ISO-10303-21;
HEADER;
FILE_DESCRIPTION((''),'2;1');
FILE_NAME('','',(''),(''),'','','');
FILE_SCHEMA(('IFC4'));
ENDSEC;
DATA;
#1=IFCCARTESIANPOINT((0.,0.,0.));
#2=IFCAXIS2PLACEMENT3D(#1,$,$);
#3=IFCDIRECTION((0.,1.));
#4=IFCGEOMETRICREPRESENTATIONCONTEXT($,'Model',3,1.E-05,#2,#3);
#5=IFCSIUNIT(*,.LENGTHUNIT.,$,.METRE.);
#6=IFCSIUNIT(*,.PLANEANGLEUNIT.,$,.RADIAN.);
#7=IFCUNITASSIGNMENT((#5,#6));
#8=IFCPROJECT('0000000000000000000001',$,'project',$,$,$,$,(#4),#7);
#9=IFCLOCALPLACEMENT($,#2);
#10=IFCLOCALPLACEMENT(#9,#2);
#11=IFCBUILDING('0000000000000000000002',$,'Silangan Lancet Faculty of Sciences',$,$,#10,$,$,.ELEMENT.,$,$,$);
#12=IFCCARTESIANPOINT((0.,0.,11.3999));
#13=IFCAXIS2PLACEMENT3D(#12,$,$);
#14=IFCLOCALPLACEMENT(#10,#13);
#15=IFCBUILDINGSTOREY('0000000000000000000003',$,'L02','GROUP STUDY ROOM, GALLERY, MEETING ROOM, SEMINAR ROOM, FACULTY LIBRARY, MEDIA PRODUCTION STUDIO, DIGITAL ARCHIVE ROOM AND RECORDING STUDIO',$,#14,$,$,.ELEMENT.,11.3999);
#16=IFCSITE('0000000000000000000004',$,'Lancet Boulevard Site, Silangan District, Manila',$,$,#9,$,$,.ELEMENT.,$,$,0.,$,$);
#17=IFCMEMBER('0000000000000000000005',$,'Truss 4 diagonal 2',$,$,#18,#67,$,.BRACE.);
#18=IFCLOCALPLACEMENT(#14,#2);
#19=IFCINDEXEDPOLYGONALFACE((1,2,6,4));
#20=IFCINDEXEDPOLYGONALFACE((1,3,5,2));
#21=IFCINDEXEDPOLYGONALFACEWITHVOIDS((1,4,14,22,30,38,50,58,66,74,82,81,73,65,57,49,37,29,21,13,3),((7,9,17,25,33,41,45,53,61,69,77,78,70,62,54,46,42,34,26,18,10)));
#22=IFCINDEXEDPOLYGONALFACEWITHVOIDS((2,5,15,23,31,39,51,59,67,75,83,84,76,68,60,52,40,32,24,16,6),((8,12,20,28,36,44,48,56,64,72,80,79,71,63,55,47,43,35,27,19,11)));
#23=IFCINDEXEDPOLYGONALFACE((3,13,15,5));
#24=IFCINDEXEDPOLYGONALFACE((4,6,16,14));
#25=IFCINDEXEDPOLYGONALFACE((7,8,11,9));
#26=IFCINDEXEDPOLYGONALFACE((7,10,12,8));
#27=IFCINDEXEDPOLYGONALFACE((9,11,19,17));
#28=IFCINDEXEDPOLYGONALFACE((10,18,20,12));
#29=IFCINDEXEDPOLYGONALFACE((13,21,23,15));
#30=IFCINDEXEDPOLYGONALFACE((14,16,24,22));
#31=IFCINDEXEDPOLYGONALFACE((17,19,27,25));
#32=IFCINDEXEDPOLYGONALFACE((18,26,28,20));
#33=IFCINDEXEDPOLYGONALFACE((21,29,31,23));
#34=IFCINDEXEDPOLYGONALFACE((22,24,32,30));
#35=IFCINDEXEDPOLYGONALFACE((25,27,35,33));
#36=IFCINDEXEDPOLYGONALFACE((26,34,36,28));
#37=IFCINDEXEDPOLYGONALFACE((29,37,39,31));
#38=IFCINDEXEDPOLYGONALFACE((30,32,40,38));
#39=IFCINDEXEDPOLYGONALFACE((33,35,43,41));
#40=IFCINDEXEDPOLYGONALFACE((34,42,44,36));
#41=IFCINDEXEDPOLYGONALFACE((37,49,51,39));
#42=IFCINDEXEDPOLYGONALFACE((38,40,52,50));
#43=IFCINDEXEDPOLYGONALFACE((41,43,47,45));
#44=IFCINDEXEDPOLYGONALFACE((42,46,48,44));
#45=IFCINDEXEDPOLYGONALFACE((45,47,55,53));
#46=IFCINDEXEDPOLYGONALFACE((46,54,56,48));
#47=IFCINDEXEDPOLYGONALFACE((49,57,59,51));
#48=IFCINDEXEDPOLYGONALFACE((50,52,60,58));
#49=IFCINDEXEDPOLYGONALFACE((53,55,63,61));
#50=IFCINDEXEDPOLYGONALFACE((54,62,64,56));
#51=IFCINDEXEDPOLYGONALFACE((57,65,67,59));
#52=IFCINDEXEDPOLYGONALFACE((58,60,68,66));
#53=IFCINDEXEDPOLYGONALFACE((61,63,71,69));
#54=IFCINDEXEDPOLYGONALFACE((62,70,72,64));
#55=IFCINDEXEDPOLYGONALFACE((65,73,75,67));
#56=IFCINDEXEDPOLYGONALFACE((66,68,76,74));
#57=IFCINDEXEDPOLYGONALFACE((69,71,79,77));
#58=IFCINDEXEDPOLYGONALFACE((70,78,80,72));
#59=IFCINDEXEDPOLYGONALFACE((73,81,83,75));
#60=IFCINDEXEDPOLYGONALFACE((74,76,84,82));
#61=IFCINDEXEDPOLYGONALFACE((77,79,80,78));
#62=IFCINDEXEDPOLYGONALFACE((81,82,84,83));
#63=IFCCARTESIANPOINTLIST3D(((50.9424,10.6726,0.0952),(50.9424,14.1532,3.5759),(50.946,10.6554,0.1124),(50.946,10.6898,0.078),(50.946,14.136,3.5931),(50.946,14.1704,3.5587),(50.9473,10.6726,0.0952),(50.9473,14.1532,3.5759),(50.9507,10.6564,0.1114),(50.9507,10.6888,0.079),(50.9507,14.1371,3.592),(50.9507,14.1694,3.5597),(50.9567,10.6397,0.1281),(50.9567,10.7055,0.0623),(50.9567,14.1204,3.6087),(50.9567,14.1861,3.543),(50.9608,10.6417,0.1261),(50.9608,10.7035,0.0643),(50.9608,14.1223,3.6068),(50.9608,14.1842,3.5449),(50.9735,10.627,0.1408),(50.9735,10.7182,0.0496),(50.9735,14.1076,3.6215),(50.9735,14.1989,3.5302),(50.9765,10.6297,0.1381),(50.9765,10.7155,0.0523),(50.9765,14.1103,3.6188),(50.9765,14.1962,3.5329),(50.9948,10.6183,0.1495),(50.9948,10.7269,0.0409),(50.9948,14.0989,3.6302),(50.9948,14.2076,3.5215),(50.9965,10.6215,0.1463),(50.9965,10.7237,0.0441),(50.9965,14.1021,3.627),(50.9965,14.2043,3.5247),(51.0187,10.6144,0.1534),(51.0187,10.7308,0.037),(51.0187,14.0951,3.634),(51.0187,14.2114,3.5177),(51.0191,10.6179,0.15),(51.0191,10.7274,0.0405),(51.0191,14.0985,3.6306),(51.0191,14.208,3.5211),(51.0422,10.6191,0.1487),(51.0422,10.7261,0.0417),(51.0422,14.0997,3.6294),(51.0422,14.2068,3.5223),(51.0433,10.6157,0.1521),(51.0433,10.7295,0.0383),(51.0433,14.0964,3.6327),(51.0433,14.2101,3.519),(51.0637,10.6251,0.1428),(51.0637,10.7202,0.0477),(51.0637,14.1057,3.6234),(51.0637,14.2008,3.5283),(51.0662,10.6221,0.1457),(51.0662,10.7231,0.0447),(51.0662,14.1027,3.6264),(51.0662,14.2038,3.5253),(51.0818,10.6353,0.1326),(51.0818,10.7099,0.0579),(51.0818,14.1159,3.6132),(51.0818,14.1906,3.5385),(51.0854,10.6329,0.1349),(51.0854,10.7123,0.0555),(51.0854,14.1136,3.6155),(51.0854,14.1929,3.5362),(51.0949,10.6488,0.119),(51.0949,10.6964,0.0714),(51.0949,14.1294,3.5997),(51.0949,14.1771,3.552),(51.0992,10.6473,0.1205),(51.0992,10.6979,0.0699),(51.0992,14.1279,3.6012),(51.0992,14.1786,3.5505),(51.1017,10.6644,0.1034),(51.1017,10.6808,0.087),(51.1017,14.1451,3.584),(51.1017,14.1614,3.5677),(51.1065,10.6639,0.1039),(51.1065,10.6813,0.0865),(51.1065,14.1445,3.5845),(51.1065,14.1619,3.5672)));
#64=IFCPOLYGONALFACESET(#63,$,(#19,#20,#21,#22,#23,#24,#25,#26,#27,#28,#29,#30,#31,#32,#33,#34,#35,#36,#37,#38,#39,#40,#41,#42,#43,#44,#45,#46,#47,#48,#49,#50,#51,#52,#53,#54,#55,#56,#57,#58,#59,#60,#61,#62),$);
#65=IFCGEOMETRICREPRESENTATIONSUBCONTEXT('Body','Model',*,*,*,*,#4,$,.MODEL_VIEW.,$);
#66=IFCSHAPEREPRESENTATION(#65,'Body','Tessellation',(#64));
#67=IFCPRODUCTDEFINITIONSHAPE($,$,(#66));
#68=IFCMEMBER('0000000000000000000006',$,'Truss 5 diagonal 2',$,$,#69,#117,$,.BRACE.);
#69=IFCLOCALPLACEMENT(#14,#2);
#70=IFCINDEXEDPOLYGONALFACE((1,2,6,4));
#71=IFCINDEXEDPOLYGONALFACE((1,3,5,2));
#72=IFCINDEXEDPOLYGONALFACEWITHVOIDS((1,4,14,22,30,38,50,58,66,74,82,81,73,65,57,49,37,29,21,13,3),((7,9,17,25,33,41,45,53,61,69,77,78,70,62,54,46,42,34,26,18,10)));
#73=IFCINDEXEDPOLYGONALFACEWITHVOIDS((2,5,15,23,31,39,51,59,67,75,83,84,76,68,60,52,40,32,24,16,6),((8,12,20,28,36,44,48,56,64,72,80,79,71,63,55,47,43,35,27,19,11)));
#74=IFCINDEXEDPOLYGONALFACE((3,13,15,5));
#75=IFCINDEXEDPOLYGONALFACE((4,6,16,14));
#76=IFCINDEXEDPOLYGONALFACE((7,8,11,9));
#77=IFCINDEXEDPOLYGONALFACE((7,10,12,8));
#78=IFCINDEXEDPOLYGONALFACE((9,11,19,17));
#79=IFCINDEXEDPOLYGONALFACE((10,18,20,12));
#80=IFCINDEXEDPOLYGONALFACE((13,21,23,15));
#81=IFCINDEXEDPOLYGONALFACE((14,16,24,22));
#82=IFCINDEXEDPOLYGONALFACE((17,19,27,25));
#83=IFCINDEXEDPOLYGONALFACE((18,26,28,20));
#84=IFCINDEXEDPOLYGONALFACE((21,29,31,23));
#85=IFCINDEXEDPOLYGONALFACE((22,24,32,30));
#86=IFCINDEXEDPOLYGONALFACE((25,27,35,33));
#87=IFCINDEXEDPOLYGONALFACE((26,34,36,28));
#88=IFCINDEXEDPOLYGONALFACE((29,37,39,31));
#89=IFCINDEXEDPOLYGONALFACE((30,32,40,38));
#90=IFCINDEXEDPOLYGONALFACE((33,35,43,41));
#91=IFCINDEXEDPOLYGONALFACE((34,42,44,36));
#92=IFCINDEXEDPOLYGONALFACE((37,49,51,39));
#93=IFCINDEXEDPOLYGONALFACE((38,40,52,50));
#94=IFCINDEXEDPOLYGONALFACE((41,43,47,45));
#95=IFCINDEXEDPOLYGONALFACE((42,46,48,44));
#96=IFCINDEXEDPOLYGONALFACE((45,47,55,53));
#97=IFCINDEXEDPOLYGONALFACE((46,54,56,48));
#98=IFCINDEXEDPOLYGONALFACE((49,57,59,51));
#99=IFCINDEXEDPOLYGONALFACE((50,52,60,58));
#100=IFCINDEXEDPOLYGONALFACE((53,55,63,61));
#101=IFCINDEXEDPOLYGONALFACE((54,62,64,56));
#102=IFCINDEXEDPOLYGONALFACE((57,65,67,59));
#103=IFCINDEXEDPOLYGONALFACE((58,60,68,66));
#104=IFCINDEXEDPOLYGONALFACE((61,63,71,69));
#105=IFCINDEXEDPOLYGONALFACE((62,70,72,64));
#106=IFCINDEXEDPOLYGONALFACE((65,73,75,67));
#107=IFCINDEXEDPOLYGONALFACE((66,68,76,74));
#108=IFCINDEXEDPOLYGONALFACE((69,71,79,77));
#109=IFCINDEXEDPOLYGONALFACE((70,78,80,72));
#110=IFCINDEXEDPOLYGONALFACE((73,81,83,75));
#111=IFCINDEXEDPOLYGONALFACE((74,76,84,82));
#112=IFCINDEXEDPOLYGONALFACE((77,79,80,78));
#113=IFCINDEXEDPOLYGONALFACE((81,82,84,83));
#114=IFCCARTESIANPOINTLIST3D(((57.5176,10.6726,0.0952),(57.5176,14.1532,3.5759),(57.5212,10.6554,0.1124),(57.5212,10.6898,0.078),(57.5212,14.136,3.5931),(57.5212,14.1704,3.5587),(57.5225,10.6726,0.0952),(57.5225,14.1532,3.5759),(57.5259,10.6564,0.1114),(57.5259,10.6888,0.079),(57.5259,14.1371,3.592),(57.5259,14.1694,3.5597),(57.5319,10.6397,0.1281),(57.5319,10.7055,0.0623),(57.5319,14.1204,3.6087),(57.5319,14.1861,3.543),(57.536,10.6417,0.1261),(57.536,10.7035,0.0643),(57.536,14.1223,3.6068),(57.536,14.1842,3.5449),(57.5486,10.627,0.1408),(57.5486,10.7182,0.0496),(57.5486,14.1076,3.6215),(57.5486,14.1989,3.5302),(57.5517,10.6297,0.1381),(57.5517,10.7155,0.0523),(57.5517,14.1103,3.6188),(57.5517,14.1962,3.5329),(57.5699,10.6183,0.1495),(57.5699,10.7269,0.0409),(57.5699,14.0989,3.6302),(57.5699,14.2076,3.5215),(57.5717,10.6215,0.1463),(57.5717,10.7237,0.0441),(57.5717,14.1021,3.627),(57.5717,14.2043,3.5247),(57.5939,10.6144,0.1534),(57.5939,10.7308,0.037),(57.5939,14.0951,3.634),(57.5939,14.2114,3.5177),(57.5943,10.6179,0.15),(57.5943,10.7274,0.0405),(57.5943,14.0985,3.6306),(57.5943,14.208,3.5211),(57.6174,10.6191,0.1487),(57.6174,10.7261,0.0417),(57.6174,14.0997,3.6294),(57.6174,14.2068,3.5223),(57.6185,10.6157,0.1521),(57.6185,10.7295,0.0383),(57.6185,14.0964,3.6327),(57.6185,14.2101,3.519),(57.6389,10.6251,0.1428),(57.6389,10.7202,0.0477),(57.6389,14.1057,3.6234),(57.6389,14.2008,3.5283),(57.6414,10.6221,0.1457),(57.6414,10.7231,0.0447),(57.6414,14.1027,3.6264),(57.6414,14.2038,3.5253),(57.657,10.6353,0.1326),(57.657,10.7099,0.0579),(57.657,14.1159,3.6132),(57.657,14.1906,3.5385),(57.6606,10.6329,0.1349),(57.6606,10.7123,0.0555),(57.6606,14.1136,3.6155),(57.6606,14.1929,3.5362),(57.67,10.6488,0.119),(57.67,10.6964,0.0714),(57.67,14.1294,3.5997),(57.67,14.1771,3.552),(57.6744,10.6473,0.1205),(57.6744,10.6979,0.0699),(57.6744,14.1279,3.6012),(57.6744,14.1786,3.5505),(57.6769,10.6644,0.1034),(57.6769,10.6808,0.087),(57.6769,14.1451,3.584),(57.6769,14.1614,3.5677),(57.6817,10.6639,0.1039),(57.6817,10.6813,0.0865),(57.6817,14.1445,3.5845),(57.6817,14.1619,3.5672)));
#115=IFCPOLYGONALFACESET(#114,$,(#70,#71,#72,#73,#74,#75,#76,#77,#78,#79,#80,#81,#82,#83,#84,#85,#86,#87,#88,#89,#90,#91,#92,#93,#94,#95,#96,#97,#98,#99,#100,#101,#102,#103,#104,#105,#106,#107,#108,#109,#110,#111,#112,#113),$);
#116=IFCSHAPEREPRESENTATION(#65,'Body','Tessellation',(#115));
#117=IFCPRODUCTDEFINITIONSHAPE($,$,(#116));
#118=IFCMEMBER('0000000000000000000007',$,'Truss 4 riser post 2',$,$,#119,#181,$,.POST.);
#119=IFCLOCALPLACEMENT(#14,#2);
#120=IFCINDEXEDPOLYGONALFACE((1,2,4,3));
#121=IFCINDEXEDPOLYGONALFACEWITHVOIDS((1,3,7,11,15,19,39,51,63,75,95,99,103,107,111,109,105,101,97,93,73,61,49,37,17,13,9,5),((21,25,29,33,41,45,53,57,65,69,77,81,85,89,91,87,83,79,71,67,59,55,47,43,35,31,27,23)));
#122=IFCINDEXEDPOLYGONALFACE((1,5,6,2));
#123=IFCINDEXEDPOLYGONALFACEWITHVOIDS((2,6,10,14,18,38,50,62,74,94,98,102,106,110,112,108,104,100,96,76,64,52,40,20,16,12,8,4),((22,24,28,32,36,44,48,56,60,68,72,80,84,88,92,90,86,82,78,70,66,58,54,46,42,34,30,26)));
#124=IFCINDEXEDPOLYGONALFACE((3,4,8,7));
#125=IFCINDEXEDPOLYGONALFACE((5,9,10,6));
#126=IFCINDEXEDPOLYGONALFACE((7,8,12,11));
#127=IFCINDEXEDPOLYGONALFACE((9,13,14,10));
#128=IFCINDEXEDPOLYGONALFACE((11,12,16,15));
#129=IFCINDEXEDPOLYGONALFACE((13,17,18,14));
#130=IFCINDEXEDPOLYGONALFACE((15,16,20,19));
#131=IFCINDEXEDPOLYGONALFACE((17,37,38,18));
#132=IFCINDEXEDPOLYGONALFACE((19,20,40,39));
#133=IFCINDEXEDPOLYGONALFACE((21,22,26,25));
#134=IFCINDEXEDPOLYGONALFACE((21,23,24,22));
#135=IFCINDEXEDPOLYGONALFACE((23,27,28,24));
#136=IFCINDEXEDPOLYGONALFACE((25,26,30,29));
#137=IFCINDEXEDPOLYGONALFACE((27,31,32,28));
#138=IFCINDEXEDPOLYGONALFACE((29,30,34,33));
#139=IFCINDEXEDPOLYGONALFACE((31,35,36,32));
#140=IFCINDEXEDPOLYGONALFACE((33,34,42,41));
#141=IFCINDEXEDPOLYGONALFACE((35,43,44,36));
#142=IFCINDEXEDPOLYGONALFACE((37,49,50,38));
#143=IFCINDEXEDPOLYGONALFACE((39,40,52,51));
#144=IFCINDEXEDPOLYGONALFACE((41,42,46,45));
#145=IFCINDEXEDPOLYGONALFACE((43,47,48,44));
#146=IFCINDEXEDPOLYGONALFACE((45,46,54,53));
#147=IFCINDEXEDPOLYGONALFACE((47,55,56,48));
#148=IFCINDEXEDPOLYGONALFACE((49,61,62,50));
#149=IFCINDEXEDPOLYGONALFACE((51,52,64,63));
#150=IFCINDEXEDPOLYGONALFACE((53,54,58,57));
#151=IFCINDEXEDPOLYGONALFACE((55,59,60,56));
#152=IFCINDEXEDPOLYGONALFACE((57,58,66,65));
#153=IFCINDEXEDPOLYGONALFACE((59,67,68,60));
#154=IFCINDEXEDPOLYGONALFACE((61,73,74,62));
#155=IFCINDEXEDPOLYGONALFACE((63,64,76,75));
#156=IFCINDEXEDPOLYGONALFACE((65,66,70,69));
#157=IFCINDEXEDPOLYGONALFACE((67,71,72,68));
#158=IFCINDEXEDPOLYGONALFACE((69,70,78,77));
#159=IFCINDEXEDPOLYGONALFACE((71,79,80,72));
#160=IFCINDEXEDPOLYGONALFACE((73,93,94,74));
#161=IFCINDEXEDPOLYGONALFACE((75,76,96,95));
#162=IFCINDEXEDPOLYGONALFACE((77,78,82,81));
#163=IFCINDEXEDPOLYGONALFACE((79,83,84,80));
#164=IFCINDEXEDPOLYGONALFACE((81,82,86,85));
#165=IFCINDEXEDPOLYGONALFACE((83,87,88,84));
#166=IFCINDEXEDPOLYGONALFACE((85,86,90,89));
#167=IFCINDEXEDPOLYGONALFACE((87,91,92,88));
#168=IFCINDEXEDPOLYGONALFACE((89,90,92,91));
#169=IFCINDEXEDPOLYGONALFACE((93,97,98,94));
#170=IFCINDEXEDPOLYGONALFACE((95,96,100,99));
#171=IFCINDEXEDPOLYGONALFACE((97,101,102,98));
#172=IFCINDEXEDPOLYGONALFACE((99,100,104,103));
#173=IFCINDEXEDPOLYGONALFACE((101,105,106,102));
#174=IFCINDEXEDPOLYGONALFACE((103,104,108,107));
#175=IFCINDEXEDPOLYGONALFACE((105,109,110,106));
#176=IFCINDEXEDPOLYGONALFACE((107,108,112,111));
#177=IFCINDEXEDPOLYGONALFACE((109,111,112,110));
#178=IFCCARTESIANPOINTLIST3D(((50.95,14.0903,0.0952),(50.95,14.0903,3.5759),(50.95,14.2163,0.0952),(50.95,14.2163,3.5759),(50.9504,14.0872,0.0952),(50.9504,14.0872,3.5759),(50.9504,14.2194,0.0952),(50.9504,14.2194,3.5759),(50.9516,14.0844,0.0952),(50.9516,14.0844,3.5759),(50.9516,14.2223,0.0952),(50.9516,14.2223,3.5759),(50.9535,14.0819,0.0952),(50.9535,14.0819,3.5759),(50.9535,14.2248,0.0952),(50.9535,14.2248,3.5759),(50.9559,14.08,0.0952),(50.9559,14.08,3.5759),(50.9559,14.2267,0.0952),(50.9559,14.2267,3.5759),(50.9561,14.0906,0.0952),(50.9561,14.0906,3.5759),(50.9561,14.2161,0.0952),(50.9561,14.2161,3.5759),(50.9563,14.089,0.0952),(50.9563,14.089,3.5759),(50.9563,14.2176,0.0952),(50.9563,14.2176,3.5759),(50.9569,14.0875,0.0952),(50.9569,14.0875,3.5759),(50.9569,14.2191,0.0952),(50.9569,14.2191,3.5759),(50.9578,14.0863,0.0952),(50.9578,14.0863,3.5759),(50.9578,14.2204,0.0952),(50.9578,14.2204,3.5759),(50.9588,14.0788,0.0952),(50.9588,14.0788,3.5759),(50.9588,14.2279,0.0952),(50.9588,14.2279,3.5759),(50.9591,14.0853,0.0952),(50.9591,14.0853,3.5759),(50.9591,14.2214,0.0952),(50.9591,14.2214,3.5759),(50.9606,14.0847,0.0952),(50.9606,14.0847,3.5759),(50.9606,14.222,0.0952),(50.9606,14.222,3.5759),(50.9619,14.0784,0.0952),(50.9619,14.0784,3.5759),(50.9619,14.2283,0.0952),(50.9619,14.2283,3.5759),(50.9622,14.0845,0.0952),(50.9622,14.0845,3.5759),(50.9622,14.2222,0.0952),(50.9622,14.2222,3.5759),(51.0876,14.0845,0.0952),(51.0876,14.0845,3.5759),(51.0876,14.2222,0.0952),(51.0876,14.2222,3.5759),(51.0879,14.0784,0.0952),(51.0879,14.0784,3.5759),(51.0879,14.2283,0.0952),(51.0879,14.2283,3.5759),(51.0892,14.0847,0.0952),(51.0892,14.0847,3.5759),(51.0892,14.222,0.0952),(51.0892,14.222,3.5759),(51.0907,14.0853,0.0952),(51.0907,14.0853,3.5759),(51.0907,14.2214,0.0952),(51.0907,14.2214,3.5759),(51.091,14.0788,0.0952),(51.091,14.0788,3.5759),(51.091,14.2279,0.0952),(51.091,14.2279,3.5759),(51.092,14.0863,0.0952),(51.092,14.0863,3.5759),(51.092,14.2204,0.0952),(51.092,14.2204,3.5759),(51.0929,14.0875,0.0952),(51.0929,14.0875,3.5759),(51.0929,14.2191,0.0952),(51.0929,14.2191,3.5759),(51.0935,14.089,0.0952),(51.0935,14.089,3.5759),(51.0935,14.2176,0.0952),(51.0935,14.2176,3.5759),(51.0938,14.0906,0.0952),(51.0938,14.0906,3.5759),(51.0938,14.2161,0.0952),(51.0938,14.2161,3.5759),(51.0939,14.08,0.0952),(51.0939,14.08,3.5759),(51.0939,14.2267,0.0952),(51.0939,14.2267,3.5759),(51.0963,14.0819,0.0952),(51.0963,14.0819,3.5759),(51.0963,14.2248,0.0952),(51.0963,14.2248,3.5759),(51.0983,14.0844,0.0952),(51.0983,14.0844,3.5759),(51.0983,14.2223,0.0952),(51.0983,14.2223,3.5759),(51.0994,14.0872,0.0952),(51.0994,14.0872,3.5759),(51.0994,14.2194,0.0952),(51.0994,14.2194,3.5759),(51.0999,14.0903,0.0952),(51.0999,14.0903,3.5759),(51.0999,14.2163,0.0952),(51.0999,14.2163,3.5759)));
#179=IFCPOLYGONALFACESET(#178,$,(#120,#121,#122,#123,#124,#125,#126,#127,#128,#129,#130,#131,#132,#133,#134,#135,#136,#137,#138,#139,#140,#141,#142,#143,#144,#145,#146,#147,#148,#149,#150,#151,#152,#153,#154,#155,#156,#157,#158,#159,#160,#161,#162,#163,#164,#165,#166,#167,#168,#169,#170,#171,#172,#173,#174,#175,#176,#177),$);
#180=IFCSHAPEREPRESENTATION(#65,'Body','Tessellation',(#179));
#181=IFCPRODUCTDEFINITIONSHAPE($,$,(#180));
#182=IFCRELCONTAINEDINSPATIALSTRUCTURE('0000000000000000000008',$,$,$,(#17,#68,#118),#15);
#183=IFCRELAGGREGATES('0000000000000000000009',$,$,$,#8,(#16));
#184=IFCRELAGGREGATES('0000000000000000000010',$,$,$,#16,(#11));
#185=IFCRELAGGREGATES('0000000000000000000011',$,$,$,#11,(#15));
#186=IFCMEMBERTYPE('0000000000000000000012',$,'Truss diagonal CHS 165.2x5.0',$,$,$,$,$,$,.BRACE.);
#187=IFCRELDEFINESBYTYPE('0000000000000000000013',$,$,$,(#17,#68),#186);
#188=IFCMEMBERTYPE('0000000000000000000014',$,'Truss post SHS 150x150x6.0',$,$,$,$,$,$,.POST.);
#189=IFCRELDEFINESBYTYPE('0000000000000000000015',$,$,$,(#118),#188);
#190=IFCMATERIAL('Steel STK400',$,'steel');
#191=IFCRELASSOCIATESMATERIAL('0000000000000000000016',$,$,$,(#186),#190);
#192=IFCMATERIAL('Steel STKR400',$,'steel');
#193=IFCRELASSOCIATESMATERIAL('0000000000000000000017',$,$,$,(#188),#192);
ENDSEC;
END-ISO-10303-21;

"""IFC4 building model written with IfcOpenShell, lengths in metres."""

from ifc_helpers import new_model, si_unit, direction, frame, origin, origin_2d, place, context, subcontext, project, spatial, hollow_rectangle, hollow_circle, extrude, material, material_profile, profile_set, type_object, element, save


model = new_model("IFC4")

# Units and contexts
model_context = context("Model", 3, precision=1e-05, world=origin(), true_north=direction((0.0, 1.0)))
body_context = subcontext(model_context, "Body", "Model", "MODEL_VIEW")
ifc_project = project(units=[si_unit("LENGTHUNIT", "METRE"), si_unit("PLANEANGLEUNIT", "RADIAN")], contexts=[model_context])

# Site, building, storey
site_placement = place(None, origin())
site = spatial("IfcSite", under=ifc_project, at=site_placement, Name="Lancet Boulevard Site, Silangan District, Manila", CompositionType="ELEMENT", RefElevation=0.0)
building_placement = place(site_placement, origin())
building = spatial("IfcBuilding", under=site, at=building_placement, Name="Silangan Lancet Faculty of Sciences", CompositionType="ELEMENT")
storey_placement = place(building_placement, frame((0.0, 0.0, 11.3999)))
storey = spatial("IfcBuildingStorey", under=building, at=storey_placement, Name="L02", Description="GROUP STUDY ROOM, GALLERY, MEETING ROOM, SEMINAR ROOM, FACULTY LIBRARY, MEDIA PRODUCTION STUDIO, DIGITAL ARCHIVE ROOM AND RECORDING STUDIO", CompositionType="ELEMENT", Elevation=11.3999)

# Members
ifc_material_1 = material(Name="Steel STK400", Category="steel")
ifc_material_profile_1 = material_profile(ifc_material_1, hollow_circle(Radius=0.0825, WallThickness=0.0049, at=origin_2d()), Name="CHS 165.2x5.0")
ifc_profile_set_1 = profile_set([ifc_material_profile_1], Name="Steel STK400")
member_type_1 = type_object("IfcMemberType", Name="Truss diagonal CHS 165.2x5.0", PredefinedType="BRACE", material=ifc_profile_set_1)
for number, where, z_axis, x_axis, name in (
    (1, (51.0249, 10.6726, 0.0952), (0.0, 0.707107, 0.707107), (-1.0, 0.0, 0.0), "Truss 4 diagonal 2"),
    (2, (57.6001, 10.6726, 0.0952), (0.0, 0.707107, 0.707107), (-1.0, 0.0, 0.0), "Truss 5 diagonal 2"),
):
    element("IfcMember", number, at=place(storey_placement, frame(where, z_axis=z_axis, x_axis=x_axis)), inside=storey, type_object=member_type_1, Name=name, PredefinedType="BRACE", context=body_context, shape_type="SweptSolid", body=[
        extrude(hollow_circle(Radius=0.0825, WallThickness=0.0049, at=origin_2d()), origin(), (0.0, 0.0, 1.0), 4.9224),
    ])
ifc_material_2 = material(Name="Steel STKR400", Category="steel")
ifc_material_profile_2 = material_profile(ifc_material_2, hollow_rectangle(XDim=0.1499, YDim=0.1499, WallThickness=0.0061, InnerFilletRadius=0.0061, OuterFilletRadius=0.012, at=origin_2d()), Name="SHS 150x150x6.0")
ifc_profile_set_2 = profile_set([ifc_material_profile_2], Name="Steel STKR400")
member_type_2 = type_object("IfcMemberType", Name="Truss post SHS 150x150x6.0", PredefinedType="POST", material=ifc_profile_set_2)
member_1_placement = place(storey_placement, frame((51.0249, 14.1533, 0.0952), z_axis=(0.0, 0.0, 1.0), x_axis=(1.0, 0.0, 0.0)))
element("IfcMember", 3, at=member_1_placement, inside=storey, type_object=member_type_2, Name="Truss 4 riser post 2", PredefinedType="POST", context=body_context, shape_type="SweptSolid", body=[
    extrude(hollow_rectangle(XDim=0.1499, YDim=0.1499, WallThickness=0.0061, InnerFilletRadius=0.0061, OuterFilletRadius=0.012, at=origin_2d()), origin(), (0.0, 0.0, 1.0), 3.4807),
])

save(model, "model.ifc")
